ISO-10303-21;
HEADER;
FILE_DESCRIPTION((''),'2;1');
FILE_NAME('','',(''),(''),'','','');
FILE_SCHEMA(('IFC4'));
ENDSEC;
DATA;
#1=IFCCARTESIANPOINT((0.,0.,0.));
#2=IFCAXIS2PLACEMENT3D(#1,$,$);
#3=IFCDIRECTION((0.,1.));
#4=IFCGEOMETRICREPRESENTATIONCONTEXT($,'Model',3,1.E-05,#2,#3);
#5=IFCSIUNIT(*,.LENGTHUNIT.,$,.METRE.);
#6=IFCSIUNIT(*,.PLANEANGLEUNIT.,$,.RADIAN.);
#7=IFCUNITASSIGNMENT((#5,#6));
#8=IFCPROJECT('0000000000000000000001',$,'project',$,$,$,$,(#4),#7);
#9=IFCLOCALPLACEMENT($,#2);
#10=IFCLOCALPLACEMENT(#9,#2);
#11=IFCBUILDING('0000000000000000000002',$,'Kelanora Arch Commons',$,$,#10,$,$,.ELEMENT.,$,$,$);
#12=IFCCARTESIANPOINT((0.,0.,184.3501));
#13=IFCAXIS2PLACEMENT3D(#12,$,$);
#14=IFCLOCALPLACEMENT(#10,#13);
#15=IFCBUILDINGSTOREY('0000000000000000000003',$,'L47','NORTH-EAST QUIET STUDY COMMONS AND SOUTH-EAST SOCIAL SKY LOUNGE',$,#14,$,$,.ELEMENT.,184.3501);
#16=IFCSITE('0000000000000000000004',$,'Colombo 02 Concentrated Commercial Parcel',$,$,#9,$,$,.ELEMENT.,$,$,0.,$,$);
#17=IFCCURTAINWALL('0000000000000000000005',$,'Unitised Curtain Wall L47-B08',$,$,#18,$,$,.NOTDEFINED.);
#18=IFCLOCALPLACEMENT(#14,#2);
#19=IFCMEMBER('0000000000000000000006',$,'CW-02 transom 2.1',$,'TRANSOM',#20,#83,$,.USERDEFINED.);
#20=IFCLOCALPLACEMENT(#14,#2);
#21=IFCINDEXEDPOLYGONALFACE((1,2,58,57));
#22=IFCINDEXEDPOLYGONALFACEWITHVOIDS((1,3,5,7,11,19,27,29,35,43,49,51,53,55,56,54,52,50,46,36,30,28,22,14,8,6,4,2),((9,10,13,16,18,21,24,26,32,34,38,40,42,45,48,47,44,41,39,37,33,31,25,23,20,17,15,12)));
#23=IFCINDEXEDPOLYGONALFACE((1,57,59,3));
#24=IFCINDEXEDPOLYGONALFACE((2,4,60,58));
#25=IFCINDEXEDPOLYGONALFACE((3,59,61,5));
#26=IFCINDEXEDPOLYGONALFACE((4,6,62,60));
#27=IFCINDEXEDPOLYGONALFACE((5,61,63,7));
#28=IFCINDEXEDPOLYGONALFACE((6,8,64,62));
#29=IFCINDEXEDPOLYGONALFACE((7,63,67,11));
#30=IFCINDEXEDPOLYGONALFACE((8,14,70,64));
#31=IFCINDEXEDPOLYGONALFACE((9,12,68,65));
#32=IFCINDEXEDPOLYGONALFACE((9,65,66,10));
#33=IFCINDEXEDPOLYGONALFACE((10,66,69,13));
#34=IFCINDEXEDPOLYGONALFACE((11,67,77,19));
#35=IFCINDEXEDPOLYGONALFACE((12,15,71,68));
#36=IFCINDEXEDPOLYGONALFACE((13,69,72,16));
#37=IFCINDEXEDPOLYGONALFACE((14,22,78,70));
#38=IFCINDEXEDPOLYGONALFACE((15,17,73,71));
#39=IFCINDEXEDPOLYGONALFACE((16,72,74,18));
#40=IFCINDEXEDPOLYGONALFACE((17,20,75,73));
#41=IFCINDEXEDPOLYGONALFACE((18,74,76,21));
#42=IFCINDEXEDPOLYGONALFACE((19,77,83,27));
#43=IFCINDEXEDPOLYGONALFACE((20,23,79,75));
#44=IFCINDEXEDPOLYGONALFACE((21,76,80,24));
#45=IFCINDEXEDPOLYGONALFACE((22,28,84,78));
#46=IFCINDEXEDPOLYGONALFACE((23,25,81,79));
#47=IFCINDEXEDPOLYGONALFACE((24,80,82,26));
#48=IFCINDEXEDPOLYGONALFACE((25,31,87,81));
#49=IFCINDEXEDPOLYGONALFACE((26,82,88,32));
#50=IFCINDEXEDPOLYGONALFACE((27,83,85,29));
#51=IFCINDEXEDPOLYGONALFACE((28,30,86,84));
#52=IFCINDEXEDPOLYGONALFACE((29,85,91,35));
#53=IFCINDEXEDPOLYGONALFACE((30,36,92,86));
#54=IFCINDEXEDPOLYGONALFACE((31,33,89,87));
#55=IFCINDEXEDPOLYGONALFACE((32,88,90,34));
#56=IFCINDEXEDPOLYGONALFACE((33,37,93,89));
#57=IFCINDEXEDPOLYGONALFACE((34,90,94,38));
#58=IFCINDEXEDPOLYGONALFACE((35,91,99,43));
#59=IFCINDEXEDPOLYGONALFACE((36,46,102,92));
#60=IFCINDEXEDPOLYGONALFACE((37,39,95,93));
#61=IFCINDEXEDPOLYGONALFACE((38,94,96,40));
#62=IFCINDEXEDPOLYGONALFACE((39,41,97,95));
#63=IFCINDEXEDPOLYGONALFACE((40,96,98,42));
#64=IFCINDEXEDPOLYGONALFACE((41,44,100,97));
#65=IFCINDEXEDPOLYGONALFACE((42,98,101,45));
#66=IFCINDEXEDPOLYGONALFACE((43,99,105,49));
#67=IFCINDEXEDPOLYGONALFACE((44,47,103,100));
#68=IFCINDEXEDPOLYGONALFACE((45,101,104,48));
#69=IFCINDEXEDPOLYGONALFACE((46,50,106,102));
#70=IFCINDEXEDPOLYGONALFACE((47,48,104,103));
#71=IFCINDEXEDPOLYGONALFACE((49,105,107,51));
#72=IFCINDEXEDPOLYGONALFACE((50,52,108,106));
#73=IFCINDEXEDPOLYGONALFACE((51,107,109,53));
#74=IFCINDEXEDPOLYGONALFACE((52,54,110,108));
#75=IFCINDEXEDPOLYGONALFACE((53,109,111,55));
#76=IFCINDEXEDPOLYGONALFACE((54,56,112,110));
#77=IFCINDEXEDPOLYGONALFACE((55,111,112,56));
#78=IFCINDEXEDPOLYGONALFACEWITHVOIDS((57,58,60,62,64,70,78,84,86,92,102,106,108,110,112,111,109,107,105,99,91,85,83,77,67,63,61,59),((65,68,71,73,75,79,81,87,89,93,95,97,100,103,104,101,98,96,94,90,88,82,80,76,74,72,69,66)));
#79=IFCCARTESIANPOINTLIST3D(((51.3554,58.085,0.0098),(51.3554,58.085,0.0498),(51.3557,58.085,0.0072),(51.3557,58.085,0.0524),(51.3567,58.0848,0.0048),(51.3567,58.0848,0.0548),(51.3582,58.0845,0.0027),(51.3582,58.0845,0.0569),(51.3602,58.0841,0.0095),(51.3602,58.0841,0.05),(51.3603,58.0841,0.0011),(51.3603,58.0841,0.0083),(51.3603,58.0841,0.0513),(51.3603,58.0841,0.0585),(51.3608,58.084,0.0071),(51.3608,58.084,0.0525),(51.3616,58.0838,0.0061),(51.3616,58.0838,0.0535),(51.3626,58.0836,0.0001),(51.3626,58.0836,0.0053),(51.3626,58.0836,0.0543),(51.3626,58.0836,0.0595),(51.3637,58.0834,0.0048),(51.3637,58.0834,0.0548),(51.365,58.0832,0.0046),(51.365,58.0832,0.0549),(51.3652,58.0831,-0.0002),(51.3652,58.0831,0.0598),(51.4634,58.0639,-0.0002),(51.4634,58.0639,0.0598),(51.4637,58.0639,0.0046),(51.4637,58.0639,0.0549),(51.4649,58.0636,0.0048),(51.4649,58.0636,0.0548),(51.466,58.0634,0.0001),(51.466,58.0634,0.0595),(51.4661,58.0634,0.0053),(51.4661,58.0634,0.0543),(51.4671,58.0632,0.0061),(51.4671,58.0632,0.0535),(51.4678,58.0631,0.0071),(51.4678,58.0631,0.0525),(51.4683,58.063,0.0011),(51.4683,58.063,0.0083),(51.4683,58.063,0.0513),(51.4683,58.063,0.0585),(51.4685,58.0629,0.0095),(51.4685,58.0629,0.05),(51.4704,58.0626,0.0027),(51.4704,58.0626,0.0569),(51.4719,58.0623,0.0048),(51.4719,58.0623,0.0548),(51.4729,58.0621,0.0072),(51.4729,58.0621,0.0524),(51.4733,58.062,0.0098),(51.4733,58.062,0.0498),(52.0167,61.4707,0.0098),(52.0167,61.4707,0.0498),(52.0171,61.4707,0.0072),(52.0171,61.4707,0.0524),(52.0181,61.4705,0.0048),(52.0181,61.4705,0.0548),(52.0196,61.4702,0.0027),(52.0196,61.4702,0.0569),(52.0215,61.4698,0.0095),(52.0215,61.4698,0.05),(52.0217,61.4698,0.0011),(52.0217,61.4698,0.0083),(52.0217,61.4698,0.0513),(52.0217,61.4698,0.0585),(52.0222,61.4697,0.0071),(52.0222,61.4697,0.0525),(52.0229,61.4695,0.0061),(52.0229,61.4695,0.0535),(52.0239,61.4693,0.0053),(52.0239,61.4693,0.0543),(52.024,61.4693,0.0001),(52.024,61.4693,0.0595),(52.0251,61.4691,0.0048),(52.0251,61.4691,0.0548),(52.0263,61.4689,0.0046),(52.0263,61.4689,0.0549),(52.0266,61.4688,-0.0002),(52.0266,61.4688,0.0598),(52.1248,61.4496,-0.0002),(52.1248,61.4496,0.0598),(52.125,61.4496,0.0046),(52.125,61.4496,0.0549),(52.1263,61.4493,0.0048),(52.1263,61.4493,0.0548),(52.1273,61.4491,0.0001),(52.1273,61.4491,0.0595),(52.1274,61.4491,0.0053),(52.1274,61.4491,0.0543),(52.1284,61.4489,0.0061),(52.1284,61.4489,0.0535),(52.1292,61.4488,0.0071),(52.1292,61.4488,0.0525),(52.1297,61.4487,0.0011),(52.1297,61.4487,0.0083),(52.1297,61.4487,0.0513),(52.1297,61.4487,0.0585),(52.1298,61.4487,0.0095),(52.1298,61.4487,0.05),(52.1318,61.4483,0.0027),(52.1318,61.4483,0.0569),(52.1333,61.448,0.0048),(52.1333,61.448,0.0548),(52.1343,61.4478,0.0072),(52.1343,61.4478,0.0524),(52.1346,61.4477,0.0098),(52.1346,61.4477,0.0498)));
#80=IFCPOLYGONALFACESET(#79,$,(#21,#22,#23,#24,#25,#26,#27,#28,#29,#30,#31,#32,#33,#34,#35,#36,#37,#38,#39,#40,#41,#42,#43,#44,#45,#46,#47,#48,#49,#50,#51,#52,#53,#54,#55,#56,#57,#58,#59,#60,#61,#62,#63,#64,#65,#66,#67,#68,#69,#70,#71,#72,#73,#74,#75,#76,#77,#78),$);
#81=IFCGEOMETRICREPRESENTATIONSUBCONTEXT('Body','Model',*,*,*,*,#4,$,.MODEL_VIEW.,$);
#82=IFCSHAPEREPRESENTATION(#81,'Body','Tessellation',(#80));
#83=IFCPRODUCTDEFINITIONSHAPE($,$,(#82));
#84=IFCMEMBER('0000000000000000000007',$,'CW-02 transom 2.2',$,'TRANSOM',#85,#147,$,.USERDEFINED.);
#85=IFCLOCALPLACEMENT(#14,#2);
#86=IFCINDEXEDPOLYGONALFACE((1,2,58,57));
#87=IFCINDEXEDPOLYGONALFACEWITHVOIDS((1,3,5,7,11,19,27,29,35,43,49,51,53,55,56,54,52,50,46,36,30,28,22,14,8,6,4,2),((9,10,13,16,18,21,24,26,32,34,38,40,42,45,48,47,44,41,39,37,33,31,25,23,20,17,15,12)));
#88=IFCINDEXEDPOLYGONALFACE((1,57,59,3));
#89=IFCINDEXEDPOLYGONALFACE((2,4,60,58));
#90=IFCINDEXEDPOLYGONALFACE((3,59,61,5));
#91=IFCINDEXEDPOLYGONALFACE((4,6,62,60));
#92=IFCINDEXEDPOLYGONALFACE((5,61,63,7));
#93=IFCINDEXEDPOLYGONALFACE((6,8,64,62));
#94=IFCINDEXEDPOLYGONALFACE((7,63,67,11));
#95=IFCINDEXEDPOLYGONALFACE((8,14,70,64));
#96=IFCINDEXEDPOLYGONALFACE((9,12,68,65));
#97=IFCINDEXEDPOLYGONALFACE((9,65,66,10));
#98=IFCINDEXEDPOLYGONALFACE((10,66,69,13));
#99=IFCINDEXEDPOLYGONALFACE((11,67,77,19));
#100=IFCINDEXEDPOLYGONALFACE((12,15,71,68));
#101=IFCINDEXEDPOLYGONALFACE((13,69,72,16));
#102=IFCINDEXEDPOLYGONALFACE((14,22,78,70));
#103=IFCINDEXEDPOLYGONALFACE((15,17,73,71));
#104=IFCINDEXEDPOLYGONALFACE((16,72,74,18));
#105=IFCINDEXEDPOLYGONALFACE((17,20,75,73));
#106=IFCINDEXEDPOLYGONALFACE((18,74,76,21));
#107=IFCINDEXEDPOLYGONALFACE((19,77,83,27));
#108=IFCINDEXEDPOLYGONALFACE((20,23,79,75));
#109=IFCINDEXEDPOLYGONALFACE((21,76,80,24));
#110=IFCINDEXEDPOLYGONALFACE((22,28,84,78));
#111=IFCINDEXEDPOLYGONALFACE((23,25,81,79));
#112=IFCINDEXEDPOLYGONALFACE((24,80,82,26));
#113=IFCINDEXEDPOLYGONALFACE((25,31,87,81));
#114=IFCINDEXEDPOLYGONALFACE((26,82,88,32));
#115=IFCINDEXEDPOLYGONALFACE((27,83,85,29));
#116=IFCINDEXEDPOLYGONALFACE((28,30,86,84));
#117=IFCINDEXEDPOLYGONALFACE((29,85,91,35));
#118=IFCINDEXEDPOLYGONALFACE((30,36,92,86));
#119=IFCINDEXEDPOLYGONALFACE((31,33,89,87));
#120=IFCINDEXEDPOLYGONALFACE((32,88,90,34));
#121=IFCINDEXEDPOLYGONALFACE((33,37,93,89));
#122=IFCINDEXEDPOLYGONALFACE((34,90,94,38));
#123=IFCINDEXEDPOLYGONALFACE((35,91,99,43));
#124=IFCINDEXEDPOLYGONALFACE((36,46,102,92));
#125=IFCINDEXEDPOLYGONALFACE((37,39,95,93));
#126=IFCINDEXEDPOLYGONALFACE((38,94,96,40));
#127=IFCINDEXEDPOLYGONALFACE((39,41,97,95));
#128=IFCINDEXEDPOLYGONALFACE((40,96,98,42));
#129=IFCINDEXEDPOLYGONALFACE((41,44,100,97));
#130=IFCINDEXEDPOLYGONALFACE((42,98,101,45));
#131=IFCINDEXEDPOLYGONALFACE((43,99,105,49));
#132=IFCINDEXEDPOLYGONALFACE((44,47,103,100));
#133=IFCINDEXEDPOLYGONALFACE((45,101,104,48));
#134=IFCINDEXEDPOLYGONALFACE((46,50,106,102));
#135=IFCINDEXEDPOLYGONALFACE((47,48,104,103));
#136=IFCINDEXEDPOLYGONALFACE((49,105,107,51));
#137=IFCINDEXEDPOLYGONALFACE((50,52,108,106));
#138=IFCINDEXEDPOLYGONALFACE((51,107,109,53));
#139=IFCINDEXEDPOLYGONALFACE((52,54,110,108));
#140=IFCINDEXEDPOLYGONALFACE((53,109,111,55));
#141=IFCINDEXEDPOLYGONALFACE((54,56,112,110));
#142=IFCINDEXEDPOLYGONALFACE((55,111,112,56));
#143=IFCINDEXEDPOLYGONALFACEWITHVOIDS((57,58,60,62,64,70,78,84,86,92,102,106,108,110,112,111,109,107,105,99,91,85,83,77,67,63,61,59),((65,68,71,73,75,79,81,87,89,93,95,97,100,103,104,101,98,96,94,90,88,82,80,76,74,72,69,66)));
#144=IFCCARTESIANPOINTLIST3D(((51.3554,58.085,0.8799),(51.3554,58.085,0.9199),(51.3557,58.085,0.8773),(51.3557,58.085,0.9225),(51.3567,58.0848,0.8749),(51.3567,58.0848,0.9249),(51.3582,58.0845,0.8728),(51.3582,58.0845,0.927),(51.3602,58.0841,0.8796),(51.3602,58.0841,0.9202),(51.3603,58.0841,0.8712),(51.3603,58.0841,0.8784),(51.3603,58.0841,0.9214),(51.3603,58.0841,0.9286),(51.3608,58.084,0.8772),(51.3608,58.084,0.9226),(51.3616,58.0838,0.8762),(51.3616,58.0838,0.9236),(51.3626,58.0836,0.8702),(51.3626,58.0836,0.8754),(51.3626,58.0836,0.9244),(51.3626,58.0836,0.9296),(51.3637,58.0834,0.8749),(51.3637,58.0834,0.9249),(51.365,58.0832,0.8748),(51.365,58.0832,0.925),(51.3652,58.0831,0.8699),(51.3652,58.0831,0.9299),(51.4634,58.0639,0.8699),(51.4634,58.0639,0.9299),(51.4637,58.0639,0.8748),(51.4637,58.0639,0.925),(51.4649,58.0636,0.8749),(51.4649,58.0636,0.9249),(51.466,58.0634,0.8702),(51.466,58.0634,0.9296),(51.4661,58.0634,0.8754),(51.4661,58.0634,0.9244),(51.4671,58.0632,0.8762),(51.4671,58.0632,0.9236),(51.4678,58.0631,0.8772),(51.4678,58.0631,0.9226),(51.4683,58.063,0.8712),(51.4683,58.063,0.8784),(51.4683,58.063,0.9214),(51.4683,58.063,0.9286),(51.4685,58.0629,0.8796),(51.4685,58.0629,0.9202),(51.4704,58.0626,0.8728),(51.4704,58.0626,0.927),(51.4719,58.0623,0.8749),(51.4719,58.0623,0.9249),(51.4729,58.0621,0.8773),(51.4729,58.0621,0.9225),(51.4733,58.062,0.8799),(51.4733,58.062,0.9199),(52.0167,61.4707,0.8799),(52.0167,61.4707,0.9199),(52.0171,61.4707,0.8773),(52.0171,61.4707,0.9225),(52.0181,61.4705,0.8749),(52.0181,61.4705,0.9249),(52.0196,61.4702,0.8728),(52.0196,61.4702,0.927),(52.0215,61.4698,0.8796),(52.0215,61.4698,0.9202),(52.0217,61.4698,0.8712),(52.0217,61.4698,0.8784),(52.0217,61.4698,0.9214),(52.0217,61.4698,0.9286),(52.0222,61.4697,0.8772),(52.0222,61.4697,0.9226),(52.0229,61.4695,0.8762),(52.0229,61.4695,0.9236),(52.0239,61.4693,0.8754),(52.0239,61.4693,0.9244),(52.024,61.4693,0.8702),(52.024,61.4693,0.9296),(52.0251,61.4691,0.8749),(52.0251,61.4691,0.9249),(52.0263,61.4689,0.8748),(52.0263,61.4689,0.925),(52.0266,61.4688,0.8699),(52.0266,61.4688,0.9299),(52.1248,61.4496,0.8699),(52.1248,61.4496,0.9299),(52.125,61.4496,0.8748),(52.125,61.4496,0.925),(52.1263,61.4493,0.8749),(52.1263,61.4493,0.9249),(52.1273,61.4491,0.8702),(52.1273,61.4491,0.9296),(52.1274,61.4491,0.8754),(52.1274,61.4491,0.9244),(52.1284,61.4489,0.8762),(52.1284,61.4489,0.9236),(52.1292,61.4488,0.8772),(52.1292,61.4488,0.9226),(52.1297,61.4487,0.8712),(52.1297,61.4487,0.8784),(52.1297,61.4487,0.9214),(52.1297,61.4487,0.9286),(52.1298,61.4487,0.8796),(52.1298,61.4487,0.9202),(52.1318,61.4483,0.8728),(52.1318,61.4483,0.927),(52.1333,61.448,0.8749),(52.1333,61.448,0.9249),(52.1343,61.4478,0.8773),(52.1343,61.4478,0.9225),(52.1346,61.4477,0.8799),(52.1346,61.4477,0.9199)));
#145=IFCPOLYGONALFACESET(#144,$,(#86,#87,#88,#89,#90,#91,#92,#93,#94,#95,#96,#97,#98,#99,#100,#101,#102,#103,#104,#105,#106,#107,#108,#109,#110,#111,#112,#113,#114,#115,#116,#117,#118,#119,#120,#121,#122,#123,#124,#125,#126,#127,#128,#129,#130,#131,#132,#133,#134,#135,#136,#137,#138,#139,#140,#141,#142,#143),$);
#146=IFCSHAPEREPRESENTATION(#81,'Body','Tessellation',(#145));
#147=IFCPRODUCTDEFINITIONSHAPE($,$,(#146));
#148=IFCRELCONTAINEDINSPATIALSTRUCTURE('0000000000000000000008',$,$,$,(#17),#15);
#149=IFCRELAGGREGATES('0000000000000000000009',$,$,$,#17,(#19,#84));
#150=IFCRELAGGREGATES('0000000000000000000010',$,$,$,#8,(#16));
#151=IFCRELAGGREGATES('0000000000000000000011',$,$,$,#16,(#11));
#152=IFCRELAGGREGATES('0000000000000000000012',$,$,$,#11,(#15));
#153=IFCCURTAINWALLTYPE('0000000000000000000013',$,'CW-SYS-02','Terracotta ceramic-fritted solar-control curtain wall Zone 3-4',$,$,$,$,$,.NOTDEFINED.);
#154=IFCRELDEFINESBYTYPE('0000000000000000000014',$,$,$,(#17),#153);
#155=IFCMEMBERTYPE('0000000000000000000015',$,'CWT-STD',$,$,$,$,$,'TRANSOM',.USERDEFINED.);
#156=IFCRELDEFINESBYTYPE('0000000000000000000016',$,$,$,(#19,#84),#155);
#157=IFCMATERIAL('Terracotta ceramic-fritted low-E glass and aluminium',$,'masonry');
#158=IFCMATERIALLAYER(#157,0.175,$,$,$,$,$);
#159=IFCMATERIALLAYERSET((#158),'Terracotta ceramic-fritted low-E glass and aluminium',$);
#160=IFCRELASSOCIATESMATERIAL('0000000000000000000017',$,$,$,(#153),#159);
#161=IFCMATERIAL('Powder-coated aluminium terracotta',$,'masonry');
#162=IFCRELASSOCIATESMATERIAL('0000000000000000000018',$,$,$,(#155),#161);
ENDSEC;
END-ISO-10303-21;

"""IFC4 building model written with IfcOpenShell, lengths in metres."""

from ifc_helpers import new_model, si_unit, direction, frame, origin, origin_2d, place, context, subcontext, project, spatial, hollow_rectangle, extrude, material, layer, layer_set, material_profile, profile_set, type_object, element, aggregate, save


model = new_model("IFC4")

# Units and contexts
model_context = context("Model", 3, precision=1e-05, world=origin(), true_north=direction((0.0, 1.0)))
body_context = subcontext(model_context, "Body", "Model", "MODEL_VIEW")
ifc_project = project(units=[si_unit("LENGTHUNIT", "METRE"), si_unit("PLANEANGLEUNIT", "RADIAN")], contexts=[model_context])

# Site, building, storey
site_placement = place(None, origin())
site = spatial("IfcSite", under=ifc_project, at=site_placement, Name="Colombo 02 Concentrated Commercial Parcel", CompositionType="ELEMENT", RefElevation=0.0)
building_placement = place(site_placement, origin())
building = spatial("IfcBuilding", under=site, at=building_placement, Name="Kelanora Arch Commons", CompositionType="ELEMENT")
storey_placement = place(building_placement, frame((0.0, 0.0, 184.3501)))
storey = spatial("IfcBuildingStorey", under=building, at=storey_placement, Name="L47", Description="NORTH-EAST QUIET STUDY COMMONS AND SOUTH-EAST SOCIAL SKY LOUNGE", CompositionType="ELEMENT", Elevation=184.3501)

# Curtain wall, members
ifc_material_1 = material(Name="Terracotta ceramic-fritted low-E glass and aluminium", Category="masonry")
ifc_layer_1 = layer(ifc_material_1, 0.175)
ifc_layer_set_1 = layer_set([ifc_layer_1], Name="Terracotta ceramic-fritted low-E glass and aluminium")
curtain_wall_type = type_object("IfcCurtainWallType", Name="CW-SYS-02", Description="Terracotta ceramic-fritted solar-control curtain wall Zone 3-4", PredefinedType="NOTDEFINED", material=ifc_layer_set_1)
curtain_wall_placement = place(storey_placement, origin())
curtain_wall = element("IfcCurtainWall", 1, at=curtain_wall_placement, inside=storey, type_object=curtain_wall_type, Name="Unitised Curtain Wall L47-B08", PredefinedType="NOTDEFINED")
ifc_material_2 = material(Name="Powder-coated aluminium terracotta", Category="masonry")
ifc_material_profile_1 = material_profile(ifc_material_2, hollow_rectangle(XDim=0.1201, YDim=0.0601, WallThickness=0.0049, InnerFilletRadius=0.0049, OuterFilletRadius=0.01, at=origin_2d()), Name="CWT120x60")
ifc_profile_set_1 = profile_set([ifc_material_profile_1], Name="Powder-coated aluminium terracotta")
member_type_1 = type_object("IfcMemberType", Name="CWT-STD", ElementType="TRANSOM", PredefinedType="USERDEFINED", material=ifc_profile_set_1)
member_1_placement = place(storey_placement, frame((52.0757, 61.4592, 0.0298), z_axis=(-0.191718, -0.98145, 0.0), x_axis=(0.98145, -0.191718, 0.0)))
member_1 = element("IfcMember", 2, at=member_1_placement, type_object=member_type_1, Name="CW-02 transom 2.1", ObjectType="TRANSOM", PredefinedType="USERDEFINED", context=body_context, shape_type="SweptSolid", body=[
    extrude(hollow_rectangle(XDim=0.1201, YDim=0.0601, WallThickness=0.0049, InnerFilletRadius=0.0049, OuterFilletRadius=0.01, at=origin_2d()), origin(), (0.0, 0.0, 1.0), 3.4497),
])
member_2_placement = place(storey_placement, frame((52.0757, 61.4592, 0.8999), z_axis=(-0.191718, -0.98145, 0.0), x_axis=(0.98145, -0.191718, 0.0)))
member_2 = element("IfcMember", 3, at=member_2_placement, type_object=member_type_1, Name="CW-02 transom 2.2", ObjectType="TRANSOM", PredefinedType="USERDEFINED", context=body_context, shape_type="SweptSolid", body=[
    extrude(hollow_rectangle(XDim=0.1201, YDim=0.0601, WallThickness=0.0049, InnerFilletRadius=0.0049, OuterFilletRadius=0.01, at=origin_2d()), origin(), (0.0, 0.0, 1.0), 3.4497),
])
aggregate(curtain_wall, [member_1, member_2])

save(model, "model.ifc")
